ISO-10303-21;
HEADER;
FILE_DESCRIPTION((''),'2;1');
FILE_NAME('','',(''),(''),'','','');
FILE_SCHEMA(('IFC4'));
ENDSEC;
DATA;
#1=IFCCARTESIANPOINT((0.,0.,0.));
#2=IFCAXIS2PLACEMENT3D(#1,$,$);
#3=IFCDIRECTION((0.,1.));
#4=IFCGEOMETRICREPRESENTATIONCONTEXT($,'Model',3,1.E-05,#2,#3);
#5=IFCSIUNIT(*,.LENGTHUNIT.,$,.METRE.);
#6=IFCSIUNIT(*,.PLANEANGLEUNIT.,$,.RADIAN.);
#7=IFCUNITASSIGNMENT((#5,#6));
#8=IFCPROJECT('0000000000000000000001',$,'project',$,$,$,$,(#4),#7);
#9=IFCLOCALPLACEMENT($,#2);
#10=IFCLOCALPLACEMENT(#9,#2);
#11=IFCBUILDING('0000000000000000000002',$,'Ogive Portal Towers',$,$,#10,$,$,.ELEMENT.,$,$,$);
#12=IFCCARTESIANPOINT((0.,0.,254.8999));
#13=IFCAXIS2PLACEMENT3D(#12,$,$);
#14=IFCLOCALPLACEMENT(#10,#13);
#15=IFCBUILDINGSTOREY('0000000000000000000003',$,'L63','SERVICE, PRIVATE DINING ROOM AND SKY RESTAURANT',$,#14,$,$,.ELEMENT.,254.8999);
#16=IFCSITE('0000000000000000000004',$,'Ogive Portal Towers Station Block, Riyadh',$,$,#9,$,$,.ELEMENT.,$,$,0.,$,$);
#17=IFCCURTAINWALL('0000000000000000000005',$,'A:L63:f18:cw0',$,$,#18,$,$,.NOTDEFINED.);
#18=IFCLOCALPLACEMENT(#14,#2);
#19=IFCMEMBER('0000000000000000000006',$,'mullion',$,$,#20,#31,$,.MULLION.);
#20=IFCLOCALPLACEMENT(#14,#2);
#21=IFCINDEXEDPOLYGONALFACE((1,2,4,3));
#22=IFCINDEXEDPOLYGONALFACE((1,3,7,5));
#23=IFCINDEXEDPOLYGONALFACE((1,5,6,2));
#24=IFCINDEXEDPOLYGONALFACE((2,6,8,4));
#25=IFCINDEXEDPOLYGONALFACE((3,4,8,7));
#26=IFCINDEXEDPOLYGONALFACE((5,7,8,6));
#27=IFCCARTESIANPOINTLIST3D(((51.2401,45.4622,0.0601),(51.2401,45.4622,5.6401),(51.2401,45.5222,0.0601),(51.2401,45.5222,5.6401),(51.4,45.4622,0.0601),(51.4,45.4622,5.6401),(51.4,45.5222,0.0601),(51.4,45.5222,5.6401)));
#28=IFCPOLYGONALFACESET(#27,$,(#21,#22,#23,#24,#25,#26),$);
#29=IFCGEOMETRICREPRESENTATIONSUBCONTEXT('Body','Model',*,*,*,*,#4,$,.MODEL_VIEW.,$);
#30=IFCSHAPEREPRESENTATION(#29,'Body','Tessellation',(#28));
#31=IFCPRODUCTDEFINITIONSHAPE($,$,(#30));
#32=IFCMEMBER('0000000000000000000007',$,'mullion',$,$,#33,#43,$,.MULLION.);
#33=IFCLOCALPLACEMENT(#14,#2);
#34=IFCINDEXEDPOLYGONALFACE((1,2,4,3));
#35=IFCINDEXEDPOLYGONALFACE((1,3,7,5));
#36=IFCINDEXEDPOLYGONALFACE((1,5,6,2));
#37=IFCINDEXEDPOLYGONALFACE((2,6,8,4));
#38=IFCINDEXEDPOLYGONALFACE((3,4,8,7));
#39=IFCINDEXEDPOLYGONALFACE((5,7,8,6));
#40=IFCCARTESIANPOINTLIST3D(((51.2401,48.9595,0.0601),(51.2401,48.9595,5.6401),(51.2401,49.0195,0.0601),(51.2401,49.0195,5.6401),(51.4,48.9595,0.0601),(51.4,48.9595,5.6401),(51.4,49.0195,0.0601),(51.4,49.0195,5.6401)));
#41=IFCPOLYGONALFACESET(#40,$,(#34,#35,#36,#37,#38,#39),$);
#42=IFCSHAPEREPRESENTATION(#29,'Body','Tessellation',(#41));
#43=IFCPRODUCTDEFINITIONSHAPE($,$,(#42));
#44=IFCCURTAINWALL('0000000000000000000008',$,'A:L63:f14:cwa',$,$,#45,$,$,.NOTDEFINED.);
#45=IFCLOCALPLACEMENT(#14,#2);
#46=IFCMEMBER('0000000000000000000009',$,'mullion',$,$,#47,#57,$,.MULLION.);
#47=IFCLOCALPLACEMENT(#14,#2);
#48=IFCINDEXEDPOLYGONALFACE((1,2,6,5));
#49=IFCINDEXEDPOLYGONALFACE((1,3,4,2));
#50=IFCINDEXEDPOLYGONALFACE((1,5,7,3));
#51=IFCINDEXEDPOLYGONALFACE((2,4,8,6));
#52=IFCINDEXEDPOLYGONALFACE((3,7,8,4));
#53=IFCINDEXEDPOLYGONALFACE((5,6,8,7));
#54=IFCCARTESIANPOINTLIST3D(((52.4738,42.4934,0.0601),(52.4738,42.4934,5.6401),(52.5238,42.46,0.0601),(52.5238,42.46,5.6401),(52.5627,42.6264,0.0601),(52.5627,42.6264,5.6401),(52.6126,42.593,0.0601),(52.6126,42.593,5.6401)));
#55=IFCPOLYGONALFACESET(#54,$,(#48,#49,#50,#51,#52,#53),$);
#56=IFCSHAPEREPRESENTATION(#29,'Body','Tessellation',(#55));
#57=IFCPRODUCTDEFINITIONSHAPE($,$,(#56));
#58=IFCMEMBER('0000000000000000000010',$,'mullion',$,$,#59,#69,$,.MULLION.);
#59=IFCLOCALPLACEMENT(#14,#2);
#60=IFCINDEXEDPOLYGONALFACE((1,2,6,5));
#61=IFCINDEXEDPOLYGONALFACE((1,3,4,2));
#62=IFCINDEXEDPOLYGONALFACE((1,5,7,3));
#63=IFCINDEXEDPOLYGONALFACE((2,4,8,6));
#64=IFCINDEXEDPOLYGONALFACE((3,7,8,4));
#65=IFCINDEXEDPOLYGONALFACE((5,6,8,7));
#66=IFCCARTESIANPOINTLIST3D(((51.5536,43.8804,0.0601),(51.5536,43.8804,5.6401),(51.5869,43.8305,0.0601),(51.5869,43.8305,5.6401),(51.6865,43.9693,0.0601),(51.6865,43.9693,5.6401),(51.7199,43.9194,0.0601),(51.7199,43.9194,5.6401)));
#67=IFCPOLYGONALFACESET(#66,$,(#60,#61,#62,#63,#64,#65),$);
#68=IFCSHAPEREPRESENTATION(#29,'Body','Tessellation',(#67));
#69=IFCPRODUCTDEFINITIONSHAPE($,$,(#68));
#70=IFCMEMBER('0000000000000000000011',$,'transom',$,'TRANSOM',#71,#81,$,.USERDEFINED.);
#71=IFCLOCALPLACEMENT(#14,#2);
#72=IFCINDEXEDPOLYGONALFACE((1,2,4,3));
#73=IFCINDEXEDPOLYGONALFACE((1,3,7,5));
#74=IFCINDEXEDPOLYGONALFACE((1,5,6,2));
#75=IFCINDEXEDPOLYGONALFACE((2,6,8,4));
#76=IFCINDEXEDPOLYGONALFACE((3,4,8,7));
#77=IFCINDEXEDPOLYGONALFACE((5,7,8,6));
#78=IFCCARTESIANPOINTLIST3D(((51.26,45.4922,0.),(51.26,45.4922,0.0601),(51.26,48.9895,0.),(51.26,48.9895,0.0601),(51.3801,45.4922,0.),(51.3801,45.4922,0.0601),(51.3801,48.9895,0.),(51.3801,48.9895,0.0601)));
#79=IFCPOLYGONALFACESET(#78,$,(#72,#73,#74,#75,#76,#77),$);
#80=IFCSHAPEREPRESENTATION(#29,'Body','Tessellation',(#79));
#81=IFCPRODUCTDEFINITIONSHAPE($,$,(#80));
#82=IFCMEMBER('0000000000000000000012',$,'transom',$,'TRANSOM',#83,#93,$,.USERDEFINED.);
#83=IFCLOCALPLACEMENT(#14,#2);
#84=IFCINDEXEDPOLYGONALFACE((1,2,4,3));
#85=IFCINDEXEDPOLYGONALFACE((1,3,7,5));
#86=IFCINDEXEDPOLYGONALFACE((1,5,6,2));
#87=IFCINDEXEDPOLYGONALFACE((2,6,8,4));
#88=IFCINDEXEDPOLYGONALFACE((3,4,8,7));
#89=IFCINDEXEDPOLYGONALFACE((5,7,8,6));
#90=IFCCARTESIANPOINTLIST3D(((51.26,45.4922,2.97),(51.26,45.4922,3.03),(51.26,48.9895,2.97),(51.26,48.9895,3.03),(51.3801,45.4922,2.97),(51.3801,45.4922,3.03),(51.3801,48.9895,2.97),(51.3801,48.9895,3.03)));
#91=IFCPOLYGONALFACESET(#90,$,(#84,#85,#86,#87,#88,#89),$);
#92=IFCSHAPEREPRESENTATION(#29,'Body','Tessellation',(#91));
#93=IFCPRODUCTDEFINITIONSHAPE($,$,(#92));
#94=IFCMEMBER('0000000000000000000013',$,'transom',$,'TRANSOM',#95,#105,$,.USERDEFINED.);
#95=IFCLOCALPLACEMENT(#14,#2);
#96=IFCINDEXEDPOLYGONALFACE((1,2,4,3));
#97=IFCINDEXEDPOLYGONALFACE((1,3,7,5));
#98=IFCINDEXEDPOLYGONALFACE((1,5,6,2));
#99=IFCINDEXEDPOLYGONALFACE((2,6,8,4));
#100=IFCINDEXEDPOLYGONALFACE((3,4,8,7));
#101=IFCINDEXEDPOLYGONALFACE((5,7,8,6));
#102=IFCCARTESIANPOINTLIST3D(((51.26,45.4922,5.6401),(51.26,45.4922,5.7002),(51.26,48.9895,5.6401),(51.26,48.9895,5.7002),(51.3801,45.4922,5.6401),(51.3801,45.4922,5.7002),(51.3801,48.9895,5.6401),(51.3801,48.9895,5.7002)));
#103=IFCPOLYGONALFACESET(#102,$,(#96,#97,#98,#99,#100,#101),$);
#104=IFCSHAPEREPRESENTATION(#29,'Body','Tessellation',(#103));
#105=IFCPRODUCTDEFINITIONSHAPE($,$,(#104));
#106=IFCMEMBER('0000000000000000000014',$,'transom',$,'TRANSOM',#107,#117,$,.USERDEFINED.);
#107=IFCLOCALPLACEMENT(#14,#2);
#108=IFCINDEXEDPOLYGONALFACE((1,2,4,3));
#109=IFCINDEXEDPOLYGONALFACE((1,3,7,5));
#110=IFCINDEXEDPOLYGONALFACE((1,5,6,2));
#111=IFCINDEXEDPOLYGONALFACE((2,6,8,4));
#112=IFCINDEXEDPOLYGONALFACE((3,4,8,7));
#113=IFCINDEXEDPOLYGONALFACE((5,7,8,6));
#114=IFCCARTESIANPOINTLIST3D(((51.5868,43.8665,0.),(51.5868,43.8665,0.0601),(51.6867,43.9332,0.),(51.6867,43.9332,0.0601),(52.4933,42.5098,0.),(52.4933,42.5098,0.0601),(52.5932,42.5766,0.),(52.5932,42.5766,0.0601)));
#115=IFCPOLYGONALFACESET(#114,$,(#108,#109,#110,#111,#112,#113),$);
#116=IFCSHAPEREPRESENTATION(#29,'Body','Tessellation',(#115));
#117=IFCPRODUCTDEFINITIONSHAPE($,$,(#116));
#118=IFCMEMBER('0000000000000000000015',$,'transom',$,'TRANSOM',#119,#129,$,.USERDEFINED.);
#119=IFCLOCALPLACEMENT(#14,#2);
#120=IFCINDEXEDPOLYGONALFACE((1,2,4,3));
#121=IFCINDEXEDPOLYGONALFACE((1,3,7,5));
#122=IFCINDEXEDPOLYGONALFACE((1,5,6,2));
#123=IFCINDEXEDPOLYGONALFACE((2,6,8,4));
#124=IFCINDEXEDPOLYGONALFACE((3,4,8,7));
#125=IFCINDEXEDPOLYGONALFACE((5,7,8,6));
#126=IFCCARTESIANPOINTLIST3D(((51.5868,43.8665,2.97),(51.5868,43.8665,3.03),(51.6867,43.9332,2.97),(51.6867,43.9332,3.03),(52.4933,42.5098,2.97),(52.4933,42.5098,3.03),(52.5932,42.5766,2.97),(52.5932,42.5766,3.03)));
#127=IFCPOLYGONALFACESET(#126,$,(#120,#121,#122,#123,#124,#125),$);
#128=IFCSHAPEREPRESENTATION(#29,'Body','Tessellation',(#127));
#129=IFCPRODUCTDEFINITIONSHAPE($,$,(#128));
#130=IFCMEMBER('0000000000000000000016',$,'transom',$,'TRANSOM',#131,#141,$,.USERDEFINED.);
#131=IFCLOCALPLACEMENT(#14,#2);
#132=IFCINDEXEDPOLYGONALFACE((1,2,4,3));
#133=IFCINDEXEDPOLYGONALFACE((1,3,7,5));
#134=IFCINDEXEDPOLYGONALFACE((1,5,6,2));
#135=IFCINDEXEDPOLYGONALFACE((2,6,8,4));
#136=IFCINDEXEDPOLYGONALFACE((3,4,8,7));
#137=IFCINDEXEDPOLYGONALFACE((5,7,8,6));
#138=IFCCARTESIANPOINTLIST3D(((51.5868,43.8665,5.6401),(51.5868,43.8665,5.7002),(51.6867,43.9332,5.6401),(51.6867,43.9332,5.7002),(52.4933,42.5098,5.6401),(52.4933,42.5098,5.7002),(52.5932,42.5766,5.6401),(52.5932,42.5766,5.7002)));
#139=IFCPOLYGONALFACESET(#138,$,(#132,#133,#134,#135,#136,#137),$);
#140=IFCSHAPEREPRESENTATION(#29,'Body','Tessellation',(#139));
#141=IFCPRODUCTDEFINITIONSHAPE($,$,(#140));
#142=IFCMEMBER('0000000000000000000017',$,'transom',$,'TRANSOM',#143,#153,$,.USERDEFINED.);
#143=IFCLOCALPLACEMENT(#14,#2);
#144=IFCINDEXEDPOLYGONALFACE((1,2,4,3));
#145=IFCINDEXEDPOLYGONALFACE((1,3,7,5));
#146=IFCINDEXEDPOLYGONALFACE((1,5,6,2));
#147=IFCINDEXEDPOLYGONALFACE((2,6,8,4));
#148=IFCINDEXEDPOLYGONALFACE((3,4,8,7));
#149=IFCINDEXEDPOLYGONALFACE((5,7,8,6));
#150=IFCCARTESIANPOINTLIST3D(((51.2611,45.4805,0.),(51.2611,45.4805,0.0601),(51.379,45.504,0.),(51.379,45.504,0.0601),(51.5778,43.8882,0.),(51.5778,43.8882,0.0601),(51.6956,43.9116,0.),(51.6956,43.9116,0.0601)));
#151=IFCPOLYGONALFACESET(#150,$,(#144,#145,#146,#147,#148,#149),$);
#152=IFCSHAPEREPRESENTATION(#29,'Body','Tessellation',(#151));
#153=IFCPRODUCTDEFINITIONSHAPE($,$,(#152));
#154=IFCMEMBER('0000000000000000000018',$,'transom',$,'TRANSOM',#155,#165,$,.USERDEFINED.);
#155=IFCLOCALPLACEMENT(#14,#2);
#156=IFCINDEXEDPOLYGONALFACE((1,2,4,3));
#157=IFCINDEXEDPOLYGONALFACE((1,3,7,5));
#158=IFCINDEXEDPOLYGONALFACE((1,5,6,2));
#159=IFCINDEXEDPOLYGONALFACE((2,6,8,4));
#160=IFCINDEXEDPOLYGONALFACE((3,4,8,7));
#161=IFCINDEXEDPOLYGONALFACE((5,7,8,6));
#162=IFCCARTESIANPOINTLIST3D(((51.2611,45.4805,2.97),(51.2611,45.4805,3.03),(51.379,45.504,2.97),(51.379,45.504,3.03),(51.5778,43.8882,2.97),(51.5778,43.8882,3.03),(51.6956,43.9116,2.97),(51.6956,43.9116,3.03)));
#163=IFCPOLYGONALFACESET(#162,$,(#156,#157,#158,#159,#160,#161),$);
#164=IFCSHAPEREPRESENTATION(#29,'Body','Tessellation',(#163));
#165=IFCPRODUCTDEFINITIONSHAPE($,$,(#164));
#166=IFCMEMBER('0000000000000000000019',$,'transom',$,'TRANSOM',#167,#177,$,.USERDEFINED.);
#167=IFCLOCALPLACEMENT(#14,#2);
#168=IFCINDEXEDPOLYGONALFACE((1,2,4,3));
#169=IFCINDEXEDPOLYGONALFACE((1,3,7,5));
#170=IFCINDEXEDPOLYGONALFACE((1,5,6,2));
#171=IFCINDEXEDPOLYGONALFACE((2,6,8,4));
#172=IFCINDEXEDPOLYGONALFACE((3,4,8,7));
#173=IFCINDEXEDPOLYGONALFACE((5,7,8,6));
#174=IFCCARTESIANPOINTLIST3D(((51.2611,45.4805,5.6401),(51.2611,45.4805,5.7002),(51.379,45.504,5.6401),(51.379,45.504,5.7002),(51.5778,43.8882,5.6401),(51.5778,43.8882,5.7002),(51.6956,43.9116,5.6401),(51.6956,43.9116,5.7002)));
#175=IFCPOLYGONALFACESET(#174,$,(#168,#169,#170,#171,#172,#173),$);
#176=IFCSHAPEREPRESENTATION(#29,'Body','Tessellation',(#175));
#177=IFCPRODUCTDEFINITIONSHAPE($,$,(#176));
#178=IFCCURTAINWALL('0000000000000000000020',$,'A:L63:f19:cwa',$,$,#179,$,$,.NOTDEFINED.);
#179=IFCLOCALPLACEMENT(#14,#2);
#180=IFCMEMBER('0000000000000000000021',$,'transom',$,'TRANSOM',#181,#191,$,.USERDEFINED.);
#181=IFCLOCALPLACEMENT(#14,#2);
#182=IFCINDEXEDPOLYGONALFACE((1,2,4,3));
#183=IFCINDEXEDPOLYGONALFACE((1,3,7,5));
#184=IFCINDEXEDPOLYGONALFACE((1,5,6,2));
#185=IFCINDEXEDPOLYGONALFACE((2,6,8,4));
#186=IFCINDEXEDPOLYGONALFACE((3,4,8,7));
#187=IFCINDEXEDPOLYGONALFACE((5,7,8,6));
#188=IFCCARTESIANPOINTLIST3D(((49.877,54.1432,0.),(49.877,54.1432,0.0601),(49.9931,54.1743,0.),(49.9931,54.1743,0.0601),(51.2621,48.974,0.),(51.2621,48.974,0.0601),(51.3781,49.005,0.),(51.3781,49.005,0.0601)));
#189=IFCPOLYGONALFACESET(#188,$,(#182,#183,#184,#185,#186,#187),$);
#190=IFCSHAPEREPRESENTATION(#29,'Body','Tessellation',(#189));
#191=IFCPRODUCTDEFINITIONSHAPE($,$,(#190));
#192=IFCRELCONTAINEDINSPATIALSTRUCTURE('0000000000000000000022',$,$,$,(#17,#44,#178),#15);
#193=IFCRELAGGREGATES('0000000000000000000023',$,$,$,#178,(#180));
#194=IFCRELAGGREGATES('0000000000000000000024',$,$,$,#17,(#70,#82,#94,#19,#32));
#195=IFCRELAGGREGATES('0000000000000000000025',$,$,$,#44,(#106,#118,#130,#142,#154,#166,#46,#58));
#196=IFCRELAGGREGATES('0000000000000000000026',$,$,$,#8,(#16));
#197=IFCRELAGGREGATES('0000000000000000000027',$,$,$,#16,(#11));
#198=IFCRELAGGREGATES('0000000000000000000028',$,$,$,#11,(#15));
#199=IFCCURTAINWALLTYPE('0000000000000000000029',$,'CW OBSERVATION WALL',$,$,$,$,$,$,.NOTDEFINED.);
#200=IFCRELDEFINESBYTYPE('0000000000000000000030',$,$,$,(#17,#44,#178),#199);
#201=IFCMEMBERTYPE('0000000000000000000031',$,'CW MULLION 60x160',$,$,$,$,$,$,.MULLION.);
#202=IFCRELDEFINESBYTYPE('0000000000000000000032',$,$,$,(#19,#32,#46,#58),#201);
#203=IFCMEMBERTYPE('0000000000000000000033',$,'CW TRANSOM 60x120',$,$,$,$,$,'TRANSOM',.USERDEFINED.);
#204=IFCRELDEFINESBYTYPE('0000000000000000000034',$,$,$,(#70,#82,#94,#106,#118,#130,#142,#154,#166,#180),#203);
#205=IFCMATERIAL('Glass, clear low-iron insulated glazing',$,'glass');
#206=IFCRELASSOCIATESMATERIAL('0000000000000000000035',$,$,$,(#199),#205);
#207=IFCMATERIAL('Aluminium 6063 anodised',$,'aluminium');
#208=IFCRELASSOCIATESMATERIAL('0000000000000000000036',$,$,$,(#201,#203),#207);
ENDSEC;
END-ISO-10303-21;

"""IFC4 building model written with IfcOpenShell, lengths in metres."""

from ifc_helpers import new_model, si_unit, direction, frame, origin, origin_2d, place, context, subcontext, project, spatial, rectangle, extrude, material, material_profile, profile_set, type_object, element, aggregate, save


model = new_model("IFC4")

# Units and contexts
model_context = context("Model", 3, precision=1e-05, world=origin(), true_north=direction((0.0, 1.0)))
body_context = subcontext(model_context, "Body", "Model", "MODEL_VIEW")
ifc_project = project(units=[si_unit("LENGTHUNIT", "METRE"), si_unit("PLANEANGLEUNIT", "RADIAN")], contexts=[model_context])

# Site, building, storey
site_placement = place(None, origin())
site = spatial("IfcSite", under=ifc_project, at=site_placement, Name="Ogive Portal Towers Station Block, Riyadh", CompositionType="ELEMENT", RefElevation=0.0)
building_placement = place(site_placement, origin())
building = spatial("IfcBuilding", under=site, at=building_placement, Name="Ogive Portal Towers", CompositionType="ELEMENT")
storey_placement = place(building_placement, frame((0.0, 0.0, 254.8999)))
storey = spatial("IfcBuildingStorey", under=building, at=storey_placement, Name="L63", Description="SERVICE, PRIVATE DINING ROOM AND SKY RESTAURANT", CompositionType="ELEMENT", Elevation=254.8999)

# Curtain walls, members
ifc_material_1 = material(Name="Glass, clear low-iron insulated glazing", Category="glass")
curtain_wall_type = type_object("IfcCurtainWallType", Name="CW OBSERVATION WALL", PredefinedType="NOTDEFINED", material=ifc_material_1)
curtain_wall_1_placement = place(storey_placement, origin())
curtain_wall_1 = element("IfcCurtainWall", 1, at=curtain_wall_1_placement, inside=storey, type_object=curtain_wall_type, Name="A:L63:f18:cw0", PredefinedType="NOTDEFINED")
ifc_material_2 = material(Name="Aluminium 6063 anodised", Category="aluminium")
ifc_material_profile_1 = material_profile(ifc_material_2, rectangle(XDim=0.1599, YDim=0.0601, at=origin_2d()), Name="AL 60x160")
ifc_profile_set_1 = profile_set([ifc_material_profile_1], Name="Aluminium 6063 anodised")
member_type_1 = type_object("IfcMemberType", Name="CW MULLION 60x160", PredefinedType="MULLION", material=ifc_profile_set_1)
member_1_placement = place(storey_placement, frame((51.3201, 45.4922, 0.0601), z_axis=(0.0, 0.0, 1.0), x_axis=(-1.0, 0.0, 0.0)))
member_1 = element("IfcMember", 2, at=member_1_placement, type_object=member_type_1, Name="mullion", PredefinedType="MULLION", context=body_context, shape_type="SweptSolid", body=[
    extrude(rectangle(XDim=0.1599, YDim=0.0601, at=origin_2d()), origin(), (0.0, 0.0, 1.0), 5.5801),
])
member_2_placement = place(storey_placement, frame((51.3201, 48.9895, 0.0601), z_axis=(0.0, 0.0, 1.0), x_axis=(-1.0, 0.0, 0.0)))
member_2 = element("IfcMember", 3, at=member_2_placement, type_object=member_type_1, Name="mullion", PredefinedType="MULLION", context=body_context, shape_type="SweptSolid", body=[
    extrude(rectangle(XDim=0.1599, YDim=0.0601, at=origin_2d()), origin(), (0.0, 0.0, 1.0), 5.5801),
])
curtain_wall_2_placement = place(storey_placement, origin())
curtain_wall_2 = element("IfcCurtainWall", 4, at=curtain_wall_2_placement, inside=storey, type_object=curtain_wall_type, Name="A:L63:f14:cwa", PredefinedType="NOTDEFINED")
member_3_placement = place(storey_placement, frame((52.5432, 42.5432, 0.0601), z_axis=(0.0, 0.0, 1.0), x_axis=(-0.55557, -0.83147, 0.0)))
member_3 = element("IfcMember", 5, at=member_3_placement, type_object=member_type_1, Name="mullion", PredefinedType="MULLION", context=body_context, shape_type="SweptSolid", body=[
    extrude(rectangle(XDim=0.1599, YDim=0.0601, at=origin_2d()), origin(), (0.0, 0.0, 1.0), 5.5801),
])
member_4_placement = place(storey_placement, frame((51.6367, 43.8999, 0.0601), z_axis=(0.0, 0.0, 1.0), x_axis=(-0.83147, -0.55557, 0.0)))
member_4 = element("IfcMember", 6, at=member_4_placement, type_object=member_type_1, Name="mullion", PredefinedType="MULLION", context=body_context, shape_type="SweptSolid", body=[
    extrude(rectangle(XDim=0.1599, YDim=0.0601, at=origin_2d()), origin(), (0.0, 0.0, 1.0), 5.5801),
])

# Members
ifc_material_profile_2 = material_profile(ifc_material_2, rectangle(XDim=0.1201, YDim=0.0601, at=origin_2d()), Name="AL 120x60")
ifc_profile_set_2 = profile_set([ifc_material_profile_2], Name="Aluminium 6063 anodised")
member_type_2 = type_object("IfcMemberType", Name="CW TRANSOM 60x120", ElementType="TRANSOM", PredefinedType="USERDEFINED", material=ifc_profile_set_2)
member_5_placement = place(storey_placement, frame((51.3201, 45.4922, 0.03), z_axis=(0.0, 1.0, 0.0), x_axis=(-1.0, 0.0, 0.0)))
member_5 = element("IfcMember", 7, at=member_5_placement, type_object=member_type_2, Name="transom", ObjectType="TRANSOM", PredefinedType="USERDEFINED", context=body_context, shape_type="SweptSolid", body=[
    extrude(rectangle(XDim=0.1201, YDim=0.0601, at=origin_2d()), origin(), (0.0, 0.0, 1.0), 3.4973),
])
member_6_placement = place(storey_placement, frame((51.3201, 45.4922, 3.0), z_axis=(0.0, 1.0, 0.0), x_axis=(-1.0, 0.0, 0.0)))
member_6 = element("IfcMember", 8, at=member_6_placement, type_object=member_type_2, Name="transom", ObjectType="TRANSOM", PredefinedType="USERDEFINED", context=body_context, shape_type="SweptSolid", body=[
    extrude(rectangle(XDim=0.1201, YDim=0.0601, at=origin_2d()), origin(), (0.0, 0.0, 1.0), 3.4973),
])
member_7_placement = place(storey_placement, frame((51.3201, 45.4922, 5.6702), z_axis=(0.0, 1.0, 0.0), x_axis=(-1.0, 0.0, 0.0)))
member_7 = element("IfcMember", 9, at=member_7_placement, type_object=member_type_2, Name="transom", ObjectType="TRANSOM", PredefinedType="USERDEFINED", context=body_context, shape_type="SweptSolid", body=[
    extrude(rectangle(XDim=0.1201, YDim=0.0601, at=origin_2d()), origin(), (0.0, 0.0, 1.0), 3.4973),
])
member_8_placement = place(storey_placement, frame((52.5432, 42.5432, 0.03), z_axis=(-0.555563, 0.831474, 0.0), x_axis=(-0.831474, -0.555563, 0.0)))
member_8 = element("IfcMember", 10, at=member_8_placement, type_object=member_type_2, Name="transom", ObjectType="TRANSOM", PredefinedType="USERDEFINED", context=body_context, shape_type="SweptSolid", body=[
    extrude(rectangle(XDim=0.1201, YDim=0.0601, at=origin_2d()), origin(), (0.0, 0.0, 1.0), 1.6316),
])
member_9_placement = place(storey_placement, frame((52.5432, 42.5432, 3.0), z_axis=(-0.555563, 0.831474, 0.0), x_axis=(-0.831474, -0.555563, 0.0)))
member_9 = element("IfcMember", 11, at=member_9_placement, type_object=member_type_2, Name="transom", ObjectType="TRANSOM", PredefinedType="USERDEFINED", context=body_context, shape_type="SweptSolid", body=[
    extrude(rectangle(XDim=0.1201, YDim=0.0601, at=origin_2d()), origin(), (0.0, 0.0, 1.0), 1.6316),
])
member_10_placement = place(storey_placement, frame((52.5432, 42.5432, 5.6702), z_axis=(-0.555563, 0.831474, 0.0), x_axis=(-0.831474, -0.555563, 0.0)))
member_10 = element("IfcMember", 12, at=member_10_placement, type_object=member_type_2, Name="transom", ObjectType="TRANSOM", PredefinedType="USERDEFINED", context=body_context, shape_type="SweptSolid", body=[
    extrude(rectangle(XDim=0.1201, YDim=0.0601, at=origin_2d()), origin(), (0.0, 0.0, 1.0), 1.6316),
])
member_11_placement = place(storey_placement, frame((51.6367, 43.8999, 0.03), z_axis=(-0.195046, 0.980794, 0.0), x_axis=(-0.980794, -0.195046, 0.0)))
member_11 = element("IfcMember", 13, at=member_11_placement, type_object=member_type_2, Name="transom", ObjectType="TRANSOM", PredefinedType="USERDEFINED", context=body_context, shape_type="SweptSolid", body=[
    extrude(rectangle(XDim=0.1201, YDim=0.0601, at=origin_2d()), origin(), (0.0, 0.0, 1.0), 1.6235),
])
member_12_placement = place(storey_placement, frame((51.6367, 43.8999, 3.0), z_axis=(-0.195046, 0.980794, 0.0), x_axis=(-0.980794, -0.195046, 0.0)))
member_12 = element("IfcMember", 14, at=member_12_placement, type_object=member_type_2, Name="transom", ObjectType="TRANSOM", PredefinedType="USERDEFINED", context=body_context, shape_type="SweptSolid", body=[
    extrude(rectangle(XDim=0.1201, YDim=0.0601, at=origin_2d()), origin(), (0.0, 0.0, 1.0), 1.6235),
])
member_13_placement = place(storey_placement, frame((51.6367, 43.8999, 5.6702), z_axis=(-0.195046, 0.980794, 0.0), x_axis=(-0.980794, -0.195046, 0.0)))
member_13 = element("IfcMember", 15, at=member_13_placement, type_object=member_type_2, Name="transom", ObjectType="TRANSOM", PredefinedType="USERDEFINED", context=body_context, shape_type="SweptSolid", body=[
    extrude(rectangle(XDim=0.1201, YDim=0.0601, at=origin_2d()), origin(), (0.0, 0.0, 1.0), 1.6235),
])

# Curtain wall, member
curtain_wall_3_placement = place(storey_placement, origin())
curtain_wall_3 = element("IfcCurtainWall", 16, at=curtain_wall_3_placement, inside=storey, type_object=curtain_wall_type, Name="A:L63:f19:cwa", PredefinedType="NOTDEFINED")
member_14_placement = place(storey_placement, frame((51.3201, 48.9895, 0.03), z_axis=(-0.258807, 0.965929, 0.0), x_axis=(-0.965929, -0.258807, 0.0)))
member_14 = element("IfcMember", 17, at=member_14_placement, type_object=member_type_2, Name="transom", ObjectType="TRANSOM", PredefinedType="USERDEFINED", context=body_context, shape_type="SweptSolid", body=[
    extrude(rectangle(XDim=0.1201, YDim=0.0601, at=origin_2d()), origin(), (0.0, 0.0, 1.0), 5.3516),
])
aggregate(curtain_wall_3, [member_14])

aggregate(curtain_wall_1, [member_5, member_6, member_7, member_1, member_2])
aggregate(curtain_wall_2, [member_8, member_9, member_10, member_11, member_12, member_13, member_3, member_4])

save(model, "model.ifc")
